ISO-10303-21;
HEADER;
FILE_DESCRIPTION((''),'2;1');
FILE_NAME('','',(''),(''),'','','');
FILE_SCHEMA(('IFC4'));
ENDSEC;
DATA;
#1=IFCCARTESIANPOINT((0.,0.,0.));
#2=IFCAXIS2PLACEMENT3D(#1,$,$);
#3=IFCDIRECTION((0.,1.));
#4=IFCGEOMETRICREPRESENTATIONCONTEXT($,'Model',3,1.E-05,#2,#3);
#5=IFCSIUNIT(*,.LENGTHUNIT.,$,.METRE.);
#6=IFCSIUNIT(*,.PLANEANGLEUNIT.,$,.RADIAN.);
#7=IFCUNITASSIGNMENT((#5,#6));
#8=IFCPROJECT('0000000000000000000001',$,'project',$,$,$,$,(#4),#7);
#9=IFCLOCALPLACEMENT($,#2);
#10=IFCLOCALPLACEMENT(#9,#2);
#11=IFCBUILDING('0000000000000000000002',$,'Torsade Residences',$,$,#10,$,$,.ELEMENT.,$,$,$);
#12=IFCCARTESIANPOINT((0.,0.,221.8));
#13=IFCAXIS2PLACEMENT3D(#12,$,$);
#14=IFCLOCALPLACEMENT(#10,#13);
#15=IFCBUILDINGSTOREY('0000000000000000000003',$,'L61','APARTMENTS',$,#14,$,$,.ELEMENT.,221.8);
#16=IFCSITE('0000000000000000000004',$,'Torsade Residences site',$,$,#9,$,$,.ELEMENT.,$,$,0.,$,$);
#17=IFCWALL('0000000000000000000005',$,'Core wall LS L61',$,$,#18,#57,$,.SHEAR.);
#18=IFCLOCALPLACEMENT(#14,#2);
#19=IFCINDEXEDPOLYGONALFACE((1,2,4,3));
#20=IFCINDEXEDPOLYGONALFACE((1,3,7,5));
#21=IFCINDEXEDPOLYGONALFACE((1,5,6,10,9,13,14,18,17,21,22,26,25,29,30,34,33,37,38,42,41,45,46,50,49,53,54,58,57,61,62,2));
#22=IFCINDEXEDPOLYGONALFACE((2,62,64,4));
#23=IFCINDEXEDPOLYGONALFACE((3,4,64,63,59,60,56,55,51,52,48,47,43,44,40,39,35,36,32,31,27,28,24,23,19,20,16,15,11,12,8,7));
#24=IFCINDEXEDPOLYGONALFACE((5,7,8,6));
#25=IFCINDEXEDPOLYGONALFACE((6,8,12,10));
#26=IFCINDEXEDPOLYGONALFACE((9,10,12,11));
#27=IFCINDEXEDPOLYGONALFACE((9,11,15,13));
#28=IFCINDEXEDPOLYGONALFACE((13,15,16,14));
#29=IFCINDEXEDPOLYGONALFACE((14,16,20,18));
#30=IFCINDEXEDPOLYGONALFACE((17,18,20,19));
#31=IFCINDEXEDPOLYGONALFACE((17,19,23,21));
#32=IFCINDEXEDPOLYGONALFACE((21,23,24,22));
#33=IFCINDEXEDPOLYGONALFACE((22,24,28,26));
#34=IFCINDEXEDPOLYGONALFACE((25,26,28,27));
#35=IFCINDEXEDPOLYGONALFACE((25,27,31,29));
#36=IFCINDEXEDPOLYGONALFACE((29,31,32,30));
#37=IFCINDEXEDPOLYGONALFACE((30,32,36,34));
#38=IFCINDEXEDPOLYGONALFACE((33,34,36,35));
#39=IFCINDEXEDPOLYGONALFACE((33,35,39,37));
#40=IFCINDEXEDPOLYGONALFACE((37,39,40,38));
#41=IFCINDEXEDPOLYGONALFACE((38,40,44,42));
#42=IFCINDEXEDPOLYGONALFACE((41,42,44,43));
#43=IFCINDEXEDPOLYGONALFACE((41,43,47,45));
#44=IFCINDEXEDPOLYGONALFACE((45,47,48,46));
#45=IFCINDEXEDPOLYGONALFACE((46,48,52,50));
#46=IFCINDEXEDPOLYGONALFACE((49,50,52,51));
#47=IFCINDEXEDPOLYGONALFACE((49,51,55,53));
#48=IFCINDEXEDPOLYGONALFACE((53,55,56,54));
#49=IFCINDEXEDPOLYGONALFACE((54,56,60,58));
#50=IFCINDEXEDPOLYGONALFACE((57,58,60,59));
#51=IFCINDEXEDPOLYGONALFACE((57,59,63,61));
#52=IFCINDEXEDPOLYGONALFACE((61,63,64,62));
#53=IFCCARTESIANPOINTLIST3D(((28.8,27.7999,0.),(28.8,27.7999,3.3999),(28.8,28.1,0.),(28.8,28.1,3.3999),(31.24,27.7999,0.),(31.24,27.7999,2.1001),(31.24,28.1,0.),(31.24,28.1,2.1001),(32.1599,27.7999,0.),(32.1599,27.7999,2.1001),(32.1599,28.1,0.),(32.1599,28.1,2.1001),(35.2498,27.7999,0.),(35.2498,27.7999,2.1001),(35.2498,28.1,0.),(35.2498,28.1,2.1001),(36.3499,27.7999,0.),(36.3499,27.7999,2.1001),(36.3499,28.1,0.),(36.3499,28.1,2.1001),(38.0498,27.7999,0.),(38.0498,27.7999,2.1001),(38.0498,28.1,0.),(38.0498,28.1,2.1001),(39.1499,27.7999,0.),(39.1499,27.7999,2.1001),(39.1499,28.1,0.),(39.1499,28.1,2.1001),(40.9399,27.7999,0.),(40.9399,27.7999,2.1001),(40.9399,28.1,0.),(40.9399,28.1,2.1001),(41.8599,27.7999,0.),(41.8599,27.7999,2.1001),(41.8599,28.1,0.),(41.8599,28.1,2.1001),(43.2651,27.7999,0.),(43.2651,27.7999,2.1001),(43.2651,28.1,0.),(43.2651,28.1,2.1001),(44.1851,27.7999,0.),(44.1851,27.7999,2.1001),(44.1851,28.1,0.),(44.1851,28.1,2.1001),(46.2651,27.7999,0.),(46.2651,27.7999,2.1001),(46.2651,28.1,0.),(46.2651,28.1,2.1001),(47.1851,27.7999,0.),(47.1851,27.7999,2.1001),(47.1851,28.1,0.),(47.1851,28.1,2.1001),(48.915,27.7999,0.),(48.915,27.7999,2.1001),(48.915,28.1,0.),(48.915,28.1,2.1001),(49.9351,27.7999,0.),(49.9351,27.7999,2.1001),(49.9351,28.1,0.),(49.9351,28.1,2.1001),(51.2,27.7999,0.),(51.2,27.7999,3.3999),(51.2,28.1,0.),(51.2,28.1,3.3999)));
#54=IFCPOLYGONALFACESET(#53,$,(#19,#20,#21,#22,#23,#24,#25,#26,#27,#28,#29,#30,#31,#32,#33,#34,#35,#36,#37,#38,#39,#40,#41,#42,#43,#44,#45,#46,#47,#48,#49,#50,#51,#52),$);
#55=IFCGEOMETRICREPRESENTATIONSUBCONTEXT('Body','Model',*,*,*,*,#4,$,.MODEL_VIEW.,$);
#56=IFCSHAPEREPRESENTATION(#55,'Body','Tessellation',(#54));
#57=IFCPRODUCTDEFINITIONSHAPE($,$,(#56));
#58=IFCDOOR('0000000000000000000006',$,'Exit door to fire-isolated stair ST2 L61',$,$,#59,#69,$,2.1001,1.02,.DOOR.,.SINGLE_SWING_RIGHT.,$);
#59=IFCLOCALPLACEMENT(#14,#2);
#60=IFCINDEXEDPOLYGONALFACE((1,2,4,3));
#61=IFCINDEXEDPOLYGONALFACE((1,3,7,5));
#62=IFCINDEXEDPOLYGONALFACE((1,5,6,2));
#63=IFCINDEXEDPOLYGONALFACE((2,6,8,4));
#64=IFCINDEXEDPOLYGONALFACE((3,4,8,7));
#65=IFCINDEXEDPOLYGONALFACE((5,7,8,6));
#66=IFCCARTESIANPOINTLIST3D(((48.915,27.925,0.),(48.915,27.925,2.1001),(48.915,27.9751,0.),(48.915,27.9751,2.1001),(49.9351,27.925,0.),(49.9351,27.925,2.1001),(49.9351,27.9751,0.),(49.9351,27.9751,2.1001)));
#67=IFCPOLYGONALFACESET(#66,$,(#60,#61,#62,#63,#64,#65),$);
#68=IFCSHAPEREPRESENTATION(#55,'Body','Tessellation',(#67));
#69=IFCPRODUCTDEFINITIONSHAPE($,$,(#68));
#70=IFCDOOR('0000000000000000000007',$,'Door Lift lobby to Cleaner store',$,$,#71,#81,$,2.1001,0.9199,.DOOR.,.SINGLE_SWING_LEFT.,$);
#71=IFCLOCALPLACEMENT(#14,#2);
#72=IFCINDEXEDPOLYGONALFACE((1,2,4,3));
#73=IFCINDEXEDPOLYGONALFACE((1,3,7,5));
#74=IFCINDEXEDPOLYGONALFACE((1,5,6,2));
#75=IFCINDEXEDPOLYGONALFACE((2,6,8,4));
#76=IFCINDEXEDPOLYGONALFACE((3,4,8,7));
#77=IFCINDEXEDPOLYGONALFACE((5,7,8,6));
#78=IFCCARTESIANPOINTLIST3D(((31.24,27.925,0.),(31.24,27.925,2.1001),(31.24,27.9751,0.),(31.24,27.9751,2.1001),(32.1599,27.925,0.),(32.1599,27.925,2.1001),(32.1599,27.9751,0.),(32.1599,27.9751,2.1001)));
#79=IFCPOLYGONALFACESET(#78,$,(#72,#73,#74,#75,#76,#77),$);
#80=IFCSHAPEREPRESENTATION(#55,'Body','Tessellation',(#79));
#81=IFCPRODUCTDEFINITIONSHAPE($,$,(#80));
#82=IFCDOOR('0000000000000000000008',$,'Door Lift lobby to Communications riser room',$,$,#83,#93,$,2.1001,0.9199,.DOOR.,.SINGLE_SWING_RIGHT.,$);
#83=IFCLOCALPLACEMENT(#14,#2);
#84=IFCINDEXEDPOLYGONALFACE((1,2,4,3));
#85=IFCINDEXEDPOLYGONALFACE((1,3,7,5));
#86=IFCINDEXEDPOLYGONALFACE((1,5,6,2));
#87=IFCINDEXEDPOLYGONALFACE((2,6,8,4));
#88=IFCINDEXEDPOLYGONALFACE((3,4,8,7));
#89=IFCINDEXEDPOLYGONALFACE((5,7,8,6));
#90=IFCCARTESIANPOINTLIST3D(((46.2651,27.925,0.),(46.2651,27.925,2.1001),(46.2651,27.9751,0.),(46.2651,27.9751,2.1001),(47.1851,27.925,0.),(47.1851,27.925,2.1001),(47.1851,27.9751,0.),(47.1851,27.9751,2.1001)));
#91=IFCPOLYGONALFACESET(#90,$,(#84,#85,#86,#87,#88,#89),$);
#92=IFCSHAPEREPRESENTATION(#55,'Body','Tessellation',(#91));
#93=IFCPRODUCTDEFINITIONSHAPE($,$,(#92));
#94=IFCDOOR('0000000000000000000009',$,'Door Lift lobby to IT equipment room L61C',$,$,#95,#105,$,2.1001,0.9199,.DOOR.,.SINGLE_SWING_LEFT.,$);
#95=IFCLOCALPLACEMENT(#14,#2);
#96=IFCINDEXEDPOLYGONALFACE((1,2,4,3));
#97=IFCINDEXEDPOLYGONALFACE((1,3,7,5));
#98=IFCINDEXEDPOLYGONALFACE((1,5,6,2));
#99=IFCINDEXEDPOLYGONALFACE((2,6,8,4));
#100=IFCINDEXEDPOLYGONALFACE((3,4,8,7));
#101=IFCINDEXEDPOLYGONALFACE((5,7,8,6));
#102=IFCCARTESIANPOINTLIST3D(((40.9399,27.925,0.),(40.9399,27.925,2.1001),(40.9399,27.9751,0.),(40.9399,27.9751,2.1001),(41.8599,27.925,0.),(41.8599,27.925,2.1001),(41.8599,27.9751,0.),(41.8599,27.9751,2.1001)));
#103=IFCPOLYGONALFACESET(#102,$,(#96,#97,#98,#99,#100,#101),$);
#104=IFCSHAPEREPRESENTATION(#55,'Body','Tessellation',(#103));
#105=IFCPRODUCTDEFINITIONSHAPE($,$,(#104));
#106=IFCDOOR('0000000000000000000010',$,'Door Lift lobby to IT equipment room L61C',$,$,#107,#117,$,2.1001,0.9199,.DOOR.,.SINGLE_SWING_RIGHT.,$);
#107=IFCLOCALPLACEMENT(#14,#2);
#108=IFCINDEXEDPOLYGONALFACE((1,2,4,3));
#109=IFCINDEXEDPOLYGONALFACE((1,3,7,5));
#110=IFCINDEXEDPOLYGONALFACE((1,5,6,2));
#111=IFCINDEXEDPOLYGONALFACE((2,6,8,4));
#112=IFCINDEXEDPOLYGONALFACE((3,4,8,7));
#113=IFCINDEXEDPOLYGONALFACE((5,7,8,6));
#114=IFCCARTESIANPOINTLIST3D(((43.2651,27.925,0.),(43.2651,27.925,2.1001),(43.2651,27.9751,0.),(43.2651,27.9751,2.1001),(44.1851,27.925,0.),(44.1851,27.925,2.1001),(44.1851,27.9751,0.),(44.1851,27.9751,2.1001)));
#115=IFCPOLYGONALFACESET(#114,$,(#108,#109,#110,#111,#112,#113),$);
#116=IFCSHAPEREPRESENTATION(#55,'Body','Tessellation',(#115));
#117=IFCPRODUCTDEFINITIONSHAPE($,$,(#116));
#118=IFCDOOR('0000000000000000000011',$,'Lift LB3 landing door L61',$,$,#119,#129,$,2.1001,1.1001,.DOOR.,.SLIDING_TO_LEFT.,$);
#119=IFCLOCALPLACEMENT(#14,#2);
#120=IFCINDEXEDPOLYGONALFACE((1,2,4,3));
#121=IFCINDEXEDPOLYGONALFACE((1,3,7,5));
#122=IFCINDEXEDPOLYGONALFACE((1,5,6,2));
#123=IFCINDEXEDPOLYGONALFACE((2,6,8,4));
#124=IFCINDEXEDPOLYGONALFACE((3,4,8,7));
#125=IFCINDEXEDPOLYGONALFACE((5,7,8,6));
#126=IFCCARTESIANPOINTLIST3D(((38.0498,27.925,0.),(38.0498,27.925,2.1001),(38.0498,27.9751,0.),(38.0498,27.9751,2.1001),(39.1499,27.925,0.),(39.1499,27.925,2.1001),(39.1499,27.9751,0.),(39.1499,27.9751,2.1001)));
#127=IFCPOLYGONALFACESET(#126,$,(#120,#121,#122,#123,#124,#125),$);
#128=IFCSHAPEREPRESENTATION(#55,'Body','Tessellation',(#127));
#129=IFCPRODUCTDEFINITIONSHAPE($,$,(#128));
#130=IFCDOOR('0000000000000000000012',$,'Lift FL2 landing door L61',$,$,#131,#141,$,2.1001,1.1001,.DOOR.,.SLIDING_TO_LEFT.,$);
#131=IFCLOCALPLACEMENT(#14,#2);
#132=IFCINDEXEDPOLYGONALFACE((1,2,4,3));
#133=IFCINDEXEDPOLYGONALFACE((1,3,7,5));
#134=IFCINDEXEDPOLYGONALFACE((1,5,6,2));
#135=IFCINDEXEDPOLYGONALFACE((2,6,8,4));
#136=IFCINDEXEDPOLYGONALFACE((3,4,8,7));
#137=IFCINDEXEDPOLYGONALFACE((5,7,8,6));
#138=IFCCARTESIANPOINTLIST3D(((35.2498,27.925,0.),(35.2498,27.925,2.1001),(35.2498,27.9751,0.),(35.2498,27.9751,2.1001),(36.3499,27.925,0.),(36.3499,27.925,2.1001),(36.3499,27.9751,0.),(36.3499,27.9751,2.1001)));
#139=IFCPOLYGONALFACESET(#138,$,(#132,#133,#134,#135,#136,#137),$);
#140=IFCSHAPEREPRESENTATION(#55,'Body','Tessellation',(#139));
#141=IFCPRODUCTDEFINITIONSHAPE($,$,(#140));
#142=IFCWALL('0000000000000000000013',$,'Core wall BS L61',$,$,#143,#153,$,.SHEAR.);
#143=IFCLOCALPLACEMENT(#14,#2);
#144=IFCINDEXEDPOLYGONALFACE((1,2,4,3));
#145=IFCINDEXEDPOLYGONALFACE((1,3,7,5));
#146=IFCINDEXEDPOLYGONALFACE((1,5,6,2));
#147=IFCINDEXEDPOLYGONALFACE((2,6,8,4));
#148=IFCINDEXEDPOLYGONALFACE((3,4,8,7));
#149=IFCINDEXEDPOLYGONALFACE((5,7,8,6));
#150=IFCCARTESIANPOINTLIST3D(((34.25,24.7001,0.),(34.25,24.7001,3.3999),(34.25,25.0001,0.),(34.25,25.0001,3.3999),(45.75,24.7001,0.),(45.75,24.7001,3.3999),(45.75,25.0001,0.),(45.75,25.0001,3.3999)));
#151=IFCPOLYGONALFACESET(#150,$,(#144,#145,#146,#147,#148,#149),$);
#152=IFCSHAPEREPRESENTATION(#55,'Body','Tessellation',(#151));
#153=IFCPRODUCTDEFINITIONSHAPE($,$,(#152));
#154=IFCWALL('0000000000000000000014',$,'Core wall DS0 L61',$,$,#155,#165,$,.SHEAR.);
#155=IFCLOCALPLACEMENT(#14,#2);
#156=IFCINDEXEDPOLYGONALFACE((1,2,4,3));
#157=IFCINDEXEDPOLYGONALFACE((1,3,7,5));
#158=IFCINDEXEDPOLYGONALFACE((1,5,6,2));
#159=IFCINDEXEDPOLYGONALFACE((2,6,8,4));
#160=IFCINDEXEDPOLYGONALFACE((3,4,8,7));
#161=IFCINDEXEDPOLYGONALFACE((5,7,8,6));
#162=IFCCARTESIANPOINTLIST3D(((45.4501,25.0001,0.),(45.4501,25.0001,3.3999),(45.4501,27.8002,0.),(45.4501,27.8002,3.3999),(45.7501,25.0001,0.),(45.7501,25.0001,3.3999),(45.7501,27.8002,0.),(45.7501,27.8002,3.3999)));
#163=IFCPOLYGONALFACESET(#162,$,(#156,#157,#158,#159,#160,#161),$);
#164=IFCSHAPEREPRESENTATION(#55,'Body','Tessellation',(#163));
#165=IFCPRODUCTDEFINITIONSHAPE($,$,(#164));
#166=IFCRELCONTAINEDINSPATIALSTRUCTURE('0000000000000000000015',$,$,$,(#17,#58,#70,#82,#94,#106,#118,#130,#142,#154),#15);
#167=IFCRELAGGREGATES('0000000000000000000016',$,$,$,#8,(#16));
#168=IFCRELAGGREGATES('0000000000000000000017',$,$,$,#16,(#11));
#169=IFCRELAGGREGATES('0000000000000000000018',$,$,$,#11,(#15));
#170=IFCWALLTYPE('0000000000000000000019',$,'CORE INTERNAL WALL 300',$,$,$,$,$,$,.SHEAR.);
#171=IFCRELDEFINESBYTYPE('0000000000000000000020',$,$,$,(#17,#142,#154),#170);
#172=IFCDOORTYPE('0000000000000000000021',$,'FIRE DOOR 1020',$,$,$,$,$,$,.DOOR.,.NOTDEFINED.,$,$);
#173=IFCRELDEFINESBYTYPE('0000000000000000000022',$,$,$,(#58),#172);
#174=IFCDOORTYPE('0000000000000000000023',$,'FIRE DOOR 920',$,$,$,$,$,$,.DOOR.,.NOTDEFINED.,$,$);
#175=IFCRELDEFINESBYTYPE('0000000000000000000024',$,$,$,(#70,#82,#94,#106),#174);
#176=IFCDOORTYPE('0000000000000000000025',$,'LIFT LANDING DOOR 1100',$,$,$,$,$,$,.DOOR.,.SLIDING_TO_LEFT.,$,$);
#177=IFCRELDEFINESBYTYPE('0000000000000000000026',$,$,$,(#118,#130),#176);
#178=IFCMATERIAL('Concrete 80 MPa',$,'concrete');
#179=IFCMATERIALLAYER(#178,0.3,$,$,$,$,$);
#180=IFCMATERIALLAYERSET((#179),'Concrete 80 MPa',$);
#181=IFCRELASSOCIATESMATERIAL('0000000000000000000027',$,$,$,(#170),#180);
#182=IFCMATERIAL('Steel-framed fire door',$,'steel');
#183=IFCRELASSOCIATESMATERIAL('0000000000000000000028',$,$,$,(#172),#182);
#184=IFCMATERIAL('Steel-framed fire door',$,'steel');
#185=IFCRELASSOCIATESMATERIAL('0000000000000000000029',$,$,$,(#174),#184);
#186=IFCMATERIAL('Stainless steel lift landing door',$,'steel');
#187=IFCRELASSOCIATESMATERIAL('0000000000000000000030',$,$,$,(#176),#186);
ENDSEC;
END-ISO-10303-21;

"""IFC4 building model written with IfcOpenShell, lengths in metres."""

from ifc_helpers import new_model, si_unit, direction, frame, frame_2d, origin, place, context, subcontext, project, spatial, rectangle, extrude, material, layer, layer_set, type_object, element, fill, save


model = new_model("IFC4")

# Units and contexts
model_context = context("Model", 3, precision=1e-05, world=origin(), true_north=direction((0.0, 1.0)))
body_context = subcontext(model_context, "Body", "Model", "MODEL_VIEW")
ifc_project = project(units=[si_unit("LENGTHUNIT", "METRE"), si_unit("PLANEANGLEUNIT", "RADIAN")], contexts=[model_context])

# Site, building, storey
site_placement = place(None, origin())
site = spatial("IfcSite", under=ifc_project, at=site_placement, Name="Torsade Residences site", CompositionType="ELEMENT", RefElevation=0.0)
building_placement = place(site_placement, origin())
building = spatial("IfcBuilding", under=site, at=building_placement, Name="Torsade Residences", CompositionType="ELEMENT")
storey_placement = place(building_placement, frame((0.0, 0.0, 221.8)))
storey = spatial("IfcBuildingStorey", under=building, at=storey_placement, Name="L61", Description="APARTMENTS", CompositionType="ELEMENT", Elevation=221.8)

# Wall, openings, doors
ifc_material_1 = material(Name="Concrete 80 MPa", Category="concrete")
ifc_layer_1 = layer(ifc_material_1, 0.3)
ifc_layer_set_1 = layer_set([ifc_layer_1], Name="Concrete 80 MPa")
wall_type_1 = type_object("IfcWallType", Name="CORE INTERNAL WALL 300", PredefinedType="SHEAR", material=ifc_layer_set_1)
wall_1_placement = place(storey_placement, frame((51.2, 27.95, 0.0), z_axis=(0.0, 0.0, 1.0), x_axis=(-1.0, 0.0, 0.0)))
wall_1 = element("IfcWall", 1, at=wall_1_placement, inside=storey, type_object=wall_type_1, Name="Core wall LS L61", PredefinedType="SHEAR", context=body_context, shape_type="SweptSolid", body=[
    extrude(rectangle(XDim=22.3999, YDim=0.3, at=frame_2d((11.2, 0.0))), origin(), (0.0, 0.0, 1.0), 3.3999),
])
opening_1_placement = place(wall_1_placement, frame((19.04, 0.0, 0.0)))
opening_1 = element("IfcOpeningElement", 2, at=opening_1_placement, cuts=wall_1, PredefinedType="OPENING", context=body_context, shape_type="SweptSolid", body=[
    extrude(rectangle(XDim=0.9199, YDim=2.1001, at=frame_2d((0.46, 1.05))), frame((0.0, 0.1599, 0.0), z_axis=(0.0, -1.0, 0.0), x_axis=(1.0, 0.0, 0.0)), (0.0, 0.0, 1.0), 0.3201),
])
opening_2_placement = place(wall_1_placement, frame((1.2649, 0.0, 0.0)))
opening_2 = element("IfcOpeningElement", 3, at=opening_2_placement, cuts=wall_1, PredefinedType="OPENING", context=body_context, shape_type="SweptSolid", body=[
    extrude(rectangle(XDim=1.02, YDim=2.1001, at=frame_2d((0.51, 1.05))), frame((0.0, 0.1599, 0.0), z_axis=(0.0, -1.0, 0.0), x_axis=(1.0, 0.0, 0.0)), (0.0, 0.0, 1.0), 0.3201),
])
opening_3_placement = place(wall_1_placement, frame((4.0149, 0.0, 0.0)))
opening_3 = element("IfcOpeningElement", 4, at=opening_3_placement, cuts=wall_1, PredefinedType="OPENING", context=body_context, shape_type="SweptSolid", body=[
    extrude(rectangle(XDim=0.9199, YDim=2.1001, at=frame_2d((0.46, 1.05))), frame((0.0, 0.1599, 0.0), z_axis=(0.0, -1.0, 0.0), x_axis=(1.0, 0.0, 0.0)), (0.0, 0.0, 1.0), 0.3201),
])
opening_4_placement = place(wall_1_placement, frame((9.3401, 0.0, 0.0)))
opening_4 = element("IfcOpeningElement", 5, at=opening_4_placement, cuts=wall_1, PredefinedType="OPENING", context=body_context, shape_type="SweptSolid", body=[
    extrude(rectangle(XDim=0.9199, YDim=2.1001, at=frame_2d((0.46, 1.05))), frame((0.0, 0.1599, 0.0), z_axis=(0.0, -1.0, 0.0), x_axis=(1.0, 0.0, 0.0)), (0.0, 0.0, 1.0), 0.3201),
])
opening_5_placement = place(wall_1_placement, frame((7.0149, 0.0, 0.0)))
opening_5 = element("IfcOpeningElement", 6, at=opening_5_placement, cuts=wall_1, PredefinedType="OPENING", context=body_context, shape_type="SweptSolid", body=[
    extrude(rectangle(XDim=0.9199, YDim=2.1001, at=frame_2d((0.46, 1.05))), frame((0.0, 0.1599, 0.0), z_axis=(0.0, -1.0, 0.0), x_axis=(1.0, 0.0, 0.0)), (0.0, 0.0, 1.0), 0.3201),
])
opening_6_placement = place(wall_1_placement, frame((12.05, 0.0, 0.0)))
opening_6 = element("IfcOpeningElement", 7, at=opening_6_placement, cuts=wall_1, PredefinedType="OPENING", context=body_context, shape_type="SweptSolid", body=[
    extrude(rectangle(XDim=1.1001, YDim=2.1001, at=frame_2d((0.55, 1.05))), frame((0.0, 0.1599, 0.0), z_axis=(0.0, -1.0, 0.0), x_axis=(1.0, 0.0, 0.0)), (0.0, 0.0, 1.0), 0.3201),
])
opening_7_placement = place(wall_1_placement, frame((14.8501, 0.0, 0.0)))
opening_7 = element("IfcOpeningElement", 8, at=opening_7_placement, cuts=wall_1, PredefinedType="OPENING", context=body_context, shape_type="SweptSolid", body=[
    extrude(rectangle(XDim=1.1001, YDim=2.1001, at=frame_2d((0.55, 1.05))), frame((0.0, 0.1599, 0.0), z_axis=(0.0, -1.0, 0.0), x_axis=(1.0, 0.0, 0.0)), (0.0, 0.0, 1.0), 0.3201),
])
ifc_material_2 = material(Name="Steel-framed fire door", Category="steel")
door_type_1 = type_object("IfcDoorType", Name="FIRE DOOR 1020", OperationType="NOTDEFINED", PredefinedType="DOOR", material=ifc_material_2)
door_1_placement = place(opening_2_placement, origin())
door_1 = element("IfcDoor", 9, at=door_1_placement, inside=storey, type_object=door_type_1, Name="Exit door to fire-isolated stair ST2 L61", OperationType="SINGLE_SWING_RIGHT", OverallHeight=2.1001, OverallWidth=1.02, PredefinedType="DOOR", context=body_context, shape_type="SweptSolid", body=[
    extrude(rectangle(XDim=1.02, YDim=2.1001, at=frame_2d((0.51, 1.05))), frame((0.0, 0.0249, 0.0), z_axis=(0.0, -1.0, 0.0), x_axis=(1.0, 0.0, 0.0)), (0.0, 0.0, 1.0), 0.05),
])
fill(opening_2, door_1)
ifc_material_3 = material(Name="Steel-framed fire door", Category="steel")
door_type_2 = type_object("IfcDoorType", Name="FIRE DOOR 920", OperationType="NOTDEFINED", PredefinedType="DOOR", material=ifc_material_3)
door_2_placement = place(opening_1_placement, origin())
door_2 = element("IfcDoor", 10, at=door_2_placement, inside=storey, type_object=door_type_2, Name="Door Lift lobby to Cleaner store", OperationType="SINGLE_SWING_LEFT", OverallHeight=2.1001, OverallWidth=0.9199, PredefinedType="DOOR", context=body_context, shape_type="SweptSolid", body=[
    extrude(rectangle(XDim=0.9199, YDim=2.1001, at=frame_2d((0.46, 1.05))), frame((0.0, 0.0249, 0.0), z_axis=(0.0, -1.0, 0.0), x_axis=(1.0, 0.0, 0.0)), (0.0, 0.0, 1.0), 0.05),
])
fill(opening_1, door_2)
door_3_placement = place(opening_3_placement, origin())
door_3 = element("IfcDoor", 11, at=door_3_placement, inside=storey, type_object=door_type_2, Name="Door Lift lobby to Communications riser room", OperationType="SINGLE_SWING_RIGHT", OverallHeight=2.1001, OverallWidth=0.9199, PredefinedType="DOOR", context=body_context, shape_type="SweptSolid", body=[
    extrude(rectangle(XDim=0.9199, YDim=2.1001, at=frame_2d((0.46, 1.05))), frame((0.0, 0.0249, 0.0), z_axis=(0.0, -1.0, 0.0), x_axis=(1.0, 0.0, 0.0)), (0.0, 0.0, 1.0), 0.05),
])
fill(opening_3, door_3)
door_4_placement = place(opening_4_placement, origin())
door_4 = element("IfcDoor", 12, at=door_4_placement, inside=storey, type_object=door_type_2, Name="Door Lift lobby to IT equipment room L61C", OperationType="SINGLE_SWING_LEFT", OverallHeight=2.1001, OverallWidth=0.9199, PredefinedType="DOOR", context=body_context, shape_type="SweptSolid", body=[
    extrude(rectangle(XDim=0.9199, YDim=2.1001, at=frame_2d((0.46, 1.05))), frame((0.0, 0.0249, 0.0), z_axis=(0.0, -1.0, 0.0), x_axis=(1.0, 0.0, 0.0)), (0.0, 0.0, 1.0), 0.05),
])
fill(opening_4, door_4)
door_5_placement = place(opening_5_placement, origin())
door_5 = element("IfcDoor", 13, at=door_5_placement, inside=storey, type_object=door_type_2, Name="Door Lift lobby to IT equipment room L61C", OperationType="SINGLE_SWING_RIGHT", OverallHeight=2.1001, OverallWidth=0.9199, PredefinedType="DOOR", context=body_context, shape_type="SweptSolid", body=[
    extrude(rectangle(XDim=0.9199, YDim=2.1001, at=frame_2d((0.46, 1.05))), frame((0.0, 0.0249, 0.0), z_axis=(0.0, -1.0, 0.0), x_axis=(1.0, 0.0, 0.0)), (0.0, 0.0, 1.0), 0.05),
])
fill(opening_5, door_5)
ifc_material_4 = material(Name="Stainless steel lift landing door", Category="steel")
door_type_3 = type_object("IfcDoorType", Name="LIFT LANDING DOOR 1100", OperationType="SLIDING_TO_LEFT", PredefinedType="DOOR", material=ifc_material_4)
door_6_placement = place(opening_6_placement, origin())
door_6 = element("IfcDoor", 14, at=door_6_placement, inside=storey, type_object=door_type_3, Name="Lift LB3 landing door L61", OperationType="SLIDING_TO_LEFT", OverallHeight=2.1001, OverallWidth=1.1001, PredefinedType="DOOR", context=body_context, shape_type="SweptSolid", body=[
    extrude(rectangle(XDim=1.1001, YDim=2.1001, at=frame_2d((0.55, 1.05))), frame((0.0, 0.0249, 0.0), z_axis=(0.0, -1.0, 0.0), x_axis=(1.0, 0.0, 0.0)), (0.0, 0.0, 1.0), 0.05),
])
fill(opening_6, door_6)
door_7_placement = place(opening_7_placement, origin())
door_7 = element("IfcDoor", 15, at=door_7_placement, inside=storey, type_object=door_type_3, Name="Lift FL2 landing door L61", OperationType="SLIDING_TO_LEFT", OverallHeight=2.1001, OverallWidth=1.1001, PredefinedType="DOOR", context=body_context, shape_type="SweptSolid", body=[
    extrude(rectangle(XDim=1.1001, YDim=2.1001, at=frame_2d((0.55, 1.05))), frame((0.0, 0.0249, 0.0), z_axis=(0.0, -1.0, 0.0), x_axis=(1.0, 0.0, 0.0)), (0.0, 0.0, 1.0), 0.05),
])
fill(opening_7, door_7)

# Walls
wall_2_placement = place(storey_placement, frame((45.75, 24.8501, 0.0), z_axis=(0.0, 0.0, 1.0), x_axis=(-1.0, 0.0, 0.0)))
element("IfcWall", 16, at=wall_2_placement, inside=storey, type_object=wall_type_1, Name="Core wall BS L61", PredefinedType="SHEAR", context=body_context, shape_type="SweptSolid", body=[
    extrude(rectangle(XDim=11.5, YDim=0.3, at=frame_2d((5.75, 0.0))), origin(), (0.0, 0.0, 1.0), 3.3999),
])
wall_3_placement = place(storey_placement, frame((45.6001, 27.8, 0.0), z_axis=(0.0, 0.0, 1.0), x_axis=(0.0, -1.0, 0.0)))
element("IfcWall", 17, at=wall_3_placement, inside=storey, type_object=wall_type_1, Name="Core wall DS0 L61", PredefinedType="SHEAR", context=body_context, shape_type="SweptSolid", body=[
    extrude(rectangle(XDim=2.8, YDim=0.3, at=frame_2d((1.3999, 0.0))), origin(), (0.0, 0.0, 1.0), 3.3999),
])

save(model, "model.ifc")
